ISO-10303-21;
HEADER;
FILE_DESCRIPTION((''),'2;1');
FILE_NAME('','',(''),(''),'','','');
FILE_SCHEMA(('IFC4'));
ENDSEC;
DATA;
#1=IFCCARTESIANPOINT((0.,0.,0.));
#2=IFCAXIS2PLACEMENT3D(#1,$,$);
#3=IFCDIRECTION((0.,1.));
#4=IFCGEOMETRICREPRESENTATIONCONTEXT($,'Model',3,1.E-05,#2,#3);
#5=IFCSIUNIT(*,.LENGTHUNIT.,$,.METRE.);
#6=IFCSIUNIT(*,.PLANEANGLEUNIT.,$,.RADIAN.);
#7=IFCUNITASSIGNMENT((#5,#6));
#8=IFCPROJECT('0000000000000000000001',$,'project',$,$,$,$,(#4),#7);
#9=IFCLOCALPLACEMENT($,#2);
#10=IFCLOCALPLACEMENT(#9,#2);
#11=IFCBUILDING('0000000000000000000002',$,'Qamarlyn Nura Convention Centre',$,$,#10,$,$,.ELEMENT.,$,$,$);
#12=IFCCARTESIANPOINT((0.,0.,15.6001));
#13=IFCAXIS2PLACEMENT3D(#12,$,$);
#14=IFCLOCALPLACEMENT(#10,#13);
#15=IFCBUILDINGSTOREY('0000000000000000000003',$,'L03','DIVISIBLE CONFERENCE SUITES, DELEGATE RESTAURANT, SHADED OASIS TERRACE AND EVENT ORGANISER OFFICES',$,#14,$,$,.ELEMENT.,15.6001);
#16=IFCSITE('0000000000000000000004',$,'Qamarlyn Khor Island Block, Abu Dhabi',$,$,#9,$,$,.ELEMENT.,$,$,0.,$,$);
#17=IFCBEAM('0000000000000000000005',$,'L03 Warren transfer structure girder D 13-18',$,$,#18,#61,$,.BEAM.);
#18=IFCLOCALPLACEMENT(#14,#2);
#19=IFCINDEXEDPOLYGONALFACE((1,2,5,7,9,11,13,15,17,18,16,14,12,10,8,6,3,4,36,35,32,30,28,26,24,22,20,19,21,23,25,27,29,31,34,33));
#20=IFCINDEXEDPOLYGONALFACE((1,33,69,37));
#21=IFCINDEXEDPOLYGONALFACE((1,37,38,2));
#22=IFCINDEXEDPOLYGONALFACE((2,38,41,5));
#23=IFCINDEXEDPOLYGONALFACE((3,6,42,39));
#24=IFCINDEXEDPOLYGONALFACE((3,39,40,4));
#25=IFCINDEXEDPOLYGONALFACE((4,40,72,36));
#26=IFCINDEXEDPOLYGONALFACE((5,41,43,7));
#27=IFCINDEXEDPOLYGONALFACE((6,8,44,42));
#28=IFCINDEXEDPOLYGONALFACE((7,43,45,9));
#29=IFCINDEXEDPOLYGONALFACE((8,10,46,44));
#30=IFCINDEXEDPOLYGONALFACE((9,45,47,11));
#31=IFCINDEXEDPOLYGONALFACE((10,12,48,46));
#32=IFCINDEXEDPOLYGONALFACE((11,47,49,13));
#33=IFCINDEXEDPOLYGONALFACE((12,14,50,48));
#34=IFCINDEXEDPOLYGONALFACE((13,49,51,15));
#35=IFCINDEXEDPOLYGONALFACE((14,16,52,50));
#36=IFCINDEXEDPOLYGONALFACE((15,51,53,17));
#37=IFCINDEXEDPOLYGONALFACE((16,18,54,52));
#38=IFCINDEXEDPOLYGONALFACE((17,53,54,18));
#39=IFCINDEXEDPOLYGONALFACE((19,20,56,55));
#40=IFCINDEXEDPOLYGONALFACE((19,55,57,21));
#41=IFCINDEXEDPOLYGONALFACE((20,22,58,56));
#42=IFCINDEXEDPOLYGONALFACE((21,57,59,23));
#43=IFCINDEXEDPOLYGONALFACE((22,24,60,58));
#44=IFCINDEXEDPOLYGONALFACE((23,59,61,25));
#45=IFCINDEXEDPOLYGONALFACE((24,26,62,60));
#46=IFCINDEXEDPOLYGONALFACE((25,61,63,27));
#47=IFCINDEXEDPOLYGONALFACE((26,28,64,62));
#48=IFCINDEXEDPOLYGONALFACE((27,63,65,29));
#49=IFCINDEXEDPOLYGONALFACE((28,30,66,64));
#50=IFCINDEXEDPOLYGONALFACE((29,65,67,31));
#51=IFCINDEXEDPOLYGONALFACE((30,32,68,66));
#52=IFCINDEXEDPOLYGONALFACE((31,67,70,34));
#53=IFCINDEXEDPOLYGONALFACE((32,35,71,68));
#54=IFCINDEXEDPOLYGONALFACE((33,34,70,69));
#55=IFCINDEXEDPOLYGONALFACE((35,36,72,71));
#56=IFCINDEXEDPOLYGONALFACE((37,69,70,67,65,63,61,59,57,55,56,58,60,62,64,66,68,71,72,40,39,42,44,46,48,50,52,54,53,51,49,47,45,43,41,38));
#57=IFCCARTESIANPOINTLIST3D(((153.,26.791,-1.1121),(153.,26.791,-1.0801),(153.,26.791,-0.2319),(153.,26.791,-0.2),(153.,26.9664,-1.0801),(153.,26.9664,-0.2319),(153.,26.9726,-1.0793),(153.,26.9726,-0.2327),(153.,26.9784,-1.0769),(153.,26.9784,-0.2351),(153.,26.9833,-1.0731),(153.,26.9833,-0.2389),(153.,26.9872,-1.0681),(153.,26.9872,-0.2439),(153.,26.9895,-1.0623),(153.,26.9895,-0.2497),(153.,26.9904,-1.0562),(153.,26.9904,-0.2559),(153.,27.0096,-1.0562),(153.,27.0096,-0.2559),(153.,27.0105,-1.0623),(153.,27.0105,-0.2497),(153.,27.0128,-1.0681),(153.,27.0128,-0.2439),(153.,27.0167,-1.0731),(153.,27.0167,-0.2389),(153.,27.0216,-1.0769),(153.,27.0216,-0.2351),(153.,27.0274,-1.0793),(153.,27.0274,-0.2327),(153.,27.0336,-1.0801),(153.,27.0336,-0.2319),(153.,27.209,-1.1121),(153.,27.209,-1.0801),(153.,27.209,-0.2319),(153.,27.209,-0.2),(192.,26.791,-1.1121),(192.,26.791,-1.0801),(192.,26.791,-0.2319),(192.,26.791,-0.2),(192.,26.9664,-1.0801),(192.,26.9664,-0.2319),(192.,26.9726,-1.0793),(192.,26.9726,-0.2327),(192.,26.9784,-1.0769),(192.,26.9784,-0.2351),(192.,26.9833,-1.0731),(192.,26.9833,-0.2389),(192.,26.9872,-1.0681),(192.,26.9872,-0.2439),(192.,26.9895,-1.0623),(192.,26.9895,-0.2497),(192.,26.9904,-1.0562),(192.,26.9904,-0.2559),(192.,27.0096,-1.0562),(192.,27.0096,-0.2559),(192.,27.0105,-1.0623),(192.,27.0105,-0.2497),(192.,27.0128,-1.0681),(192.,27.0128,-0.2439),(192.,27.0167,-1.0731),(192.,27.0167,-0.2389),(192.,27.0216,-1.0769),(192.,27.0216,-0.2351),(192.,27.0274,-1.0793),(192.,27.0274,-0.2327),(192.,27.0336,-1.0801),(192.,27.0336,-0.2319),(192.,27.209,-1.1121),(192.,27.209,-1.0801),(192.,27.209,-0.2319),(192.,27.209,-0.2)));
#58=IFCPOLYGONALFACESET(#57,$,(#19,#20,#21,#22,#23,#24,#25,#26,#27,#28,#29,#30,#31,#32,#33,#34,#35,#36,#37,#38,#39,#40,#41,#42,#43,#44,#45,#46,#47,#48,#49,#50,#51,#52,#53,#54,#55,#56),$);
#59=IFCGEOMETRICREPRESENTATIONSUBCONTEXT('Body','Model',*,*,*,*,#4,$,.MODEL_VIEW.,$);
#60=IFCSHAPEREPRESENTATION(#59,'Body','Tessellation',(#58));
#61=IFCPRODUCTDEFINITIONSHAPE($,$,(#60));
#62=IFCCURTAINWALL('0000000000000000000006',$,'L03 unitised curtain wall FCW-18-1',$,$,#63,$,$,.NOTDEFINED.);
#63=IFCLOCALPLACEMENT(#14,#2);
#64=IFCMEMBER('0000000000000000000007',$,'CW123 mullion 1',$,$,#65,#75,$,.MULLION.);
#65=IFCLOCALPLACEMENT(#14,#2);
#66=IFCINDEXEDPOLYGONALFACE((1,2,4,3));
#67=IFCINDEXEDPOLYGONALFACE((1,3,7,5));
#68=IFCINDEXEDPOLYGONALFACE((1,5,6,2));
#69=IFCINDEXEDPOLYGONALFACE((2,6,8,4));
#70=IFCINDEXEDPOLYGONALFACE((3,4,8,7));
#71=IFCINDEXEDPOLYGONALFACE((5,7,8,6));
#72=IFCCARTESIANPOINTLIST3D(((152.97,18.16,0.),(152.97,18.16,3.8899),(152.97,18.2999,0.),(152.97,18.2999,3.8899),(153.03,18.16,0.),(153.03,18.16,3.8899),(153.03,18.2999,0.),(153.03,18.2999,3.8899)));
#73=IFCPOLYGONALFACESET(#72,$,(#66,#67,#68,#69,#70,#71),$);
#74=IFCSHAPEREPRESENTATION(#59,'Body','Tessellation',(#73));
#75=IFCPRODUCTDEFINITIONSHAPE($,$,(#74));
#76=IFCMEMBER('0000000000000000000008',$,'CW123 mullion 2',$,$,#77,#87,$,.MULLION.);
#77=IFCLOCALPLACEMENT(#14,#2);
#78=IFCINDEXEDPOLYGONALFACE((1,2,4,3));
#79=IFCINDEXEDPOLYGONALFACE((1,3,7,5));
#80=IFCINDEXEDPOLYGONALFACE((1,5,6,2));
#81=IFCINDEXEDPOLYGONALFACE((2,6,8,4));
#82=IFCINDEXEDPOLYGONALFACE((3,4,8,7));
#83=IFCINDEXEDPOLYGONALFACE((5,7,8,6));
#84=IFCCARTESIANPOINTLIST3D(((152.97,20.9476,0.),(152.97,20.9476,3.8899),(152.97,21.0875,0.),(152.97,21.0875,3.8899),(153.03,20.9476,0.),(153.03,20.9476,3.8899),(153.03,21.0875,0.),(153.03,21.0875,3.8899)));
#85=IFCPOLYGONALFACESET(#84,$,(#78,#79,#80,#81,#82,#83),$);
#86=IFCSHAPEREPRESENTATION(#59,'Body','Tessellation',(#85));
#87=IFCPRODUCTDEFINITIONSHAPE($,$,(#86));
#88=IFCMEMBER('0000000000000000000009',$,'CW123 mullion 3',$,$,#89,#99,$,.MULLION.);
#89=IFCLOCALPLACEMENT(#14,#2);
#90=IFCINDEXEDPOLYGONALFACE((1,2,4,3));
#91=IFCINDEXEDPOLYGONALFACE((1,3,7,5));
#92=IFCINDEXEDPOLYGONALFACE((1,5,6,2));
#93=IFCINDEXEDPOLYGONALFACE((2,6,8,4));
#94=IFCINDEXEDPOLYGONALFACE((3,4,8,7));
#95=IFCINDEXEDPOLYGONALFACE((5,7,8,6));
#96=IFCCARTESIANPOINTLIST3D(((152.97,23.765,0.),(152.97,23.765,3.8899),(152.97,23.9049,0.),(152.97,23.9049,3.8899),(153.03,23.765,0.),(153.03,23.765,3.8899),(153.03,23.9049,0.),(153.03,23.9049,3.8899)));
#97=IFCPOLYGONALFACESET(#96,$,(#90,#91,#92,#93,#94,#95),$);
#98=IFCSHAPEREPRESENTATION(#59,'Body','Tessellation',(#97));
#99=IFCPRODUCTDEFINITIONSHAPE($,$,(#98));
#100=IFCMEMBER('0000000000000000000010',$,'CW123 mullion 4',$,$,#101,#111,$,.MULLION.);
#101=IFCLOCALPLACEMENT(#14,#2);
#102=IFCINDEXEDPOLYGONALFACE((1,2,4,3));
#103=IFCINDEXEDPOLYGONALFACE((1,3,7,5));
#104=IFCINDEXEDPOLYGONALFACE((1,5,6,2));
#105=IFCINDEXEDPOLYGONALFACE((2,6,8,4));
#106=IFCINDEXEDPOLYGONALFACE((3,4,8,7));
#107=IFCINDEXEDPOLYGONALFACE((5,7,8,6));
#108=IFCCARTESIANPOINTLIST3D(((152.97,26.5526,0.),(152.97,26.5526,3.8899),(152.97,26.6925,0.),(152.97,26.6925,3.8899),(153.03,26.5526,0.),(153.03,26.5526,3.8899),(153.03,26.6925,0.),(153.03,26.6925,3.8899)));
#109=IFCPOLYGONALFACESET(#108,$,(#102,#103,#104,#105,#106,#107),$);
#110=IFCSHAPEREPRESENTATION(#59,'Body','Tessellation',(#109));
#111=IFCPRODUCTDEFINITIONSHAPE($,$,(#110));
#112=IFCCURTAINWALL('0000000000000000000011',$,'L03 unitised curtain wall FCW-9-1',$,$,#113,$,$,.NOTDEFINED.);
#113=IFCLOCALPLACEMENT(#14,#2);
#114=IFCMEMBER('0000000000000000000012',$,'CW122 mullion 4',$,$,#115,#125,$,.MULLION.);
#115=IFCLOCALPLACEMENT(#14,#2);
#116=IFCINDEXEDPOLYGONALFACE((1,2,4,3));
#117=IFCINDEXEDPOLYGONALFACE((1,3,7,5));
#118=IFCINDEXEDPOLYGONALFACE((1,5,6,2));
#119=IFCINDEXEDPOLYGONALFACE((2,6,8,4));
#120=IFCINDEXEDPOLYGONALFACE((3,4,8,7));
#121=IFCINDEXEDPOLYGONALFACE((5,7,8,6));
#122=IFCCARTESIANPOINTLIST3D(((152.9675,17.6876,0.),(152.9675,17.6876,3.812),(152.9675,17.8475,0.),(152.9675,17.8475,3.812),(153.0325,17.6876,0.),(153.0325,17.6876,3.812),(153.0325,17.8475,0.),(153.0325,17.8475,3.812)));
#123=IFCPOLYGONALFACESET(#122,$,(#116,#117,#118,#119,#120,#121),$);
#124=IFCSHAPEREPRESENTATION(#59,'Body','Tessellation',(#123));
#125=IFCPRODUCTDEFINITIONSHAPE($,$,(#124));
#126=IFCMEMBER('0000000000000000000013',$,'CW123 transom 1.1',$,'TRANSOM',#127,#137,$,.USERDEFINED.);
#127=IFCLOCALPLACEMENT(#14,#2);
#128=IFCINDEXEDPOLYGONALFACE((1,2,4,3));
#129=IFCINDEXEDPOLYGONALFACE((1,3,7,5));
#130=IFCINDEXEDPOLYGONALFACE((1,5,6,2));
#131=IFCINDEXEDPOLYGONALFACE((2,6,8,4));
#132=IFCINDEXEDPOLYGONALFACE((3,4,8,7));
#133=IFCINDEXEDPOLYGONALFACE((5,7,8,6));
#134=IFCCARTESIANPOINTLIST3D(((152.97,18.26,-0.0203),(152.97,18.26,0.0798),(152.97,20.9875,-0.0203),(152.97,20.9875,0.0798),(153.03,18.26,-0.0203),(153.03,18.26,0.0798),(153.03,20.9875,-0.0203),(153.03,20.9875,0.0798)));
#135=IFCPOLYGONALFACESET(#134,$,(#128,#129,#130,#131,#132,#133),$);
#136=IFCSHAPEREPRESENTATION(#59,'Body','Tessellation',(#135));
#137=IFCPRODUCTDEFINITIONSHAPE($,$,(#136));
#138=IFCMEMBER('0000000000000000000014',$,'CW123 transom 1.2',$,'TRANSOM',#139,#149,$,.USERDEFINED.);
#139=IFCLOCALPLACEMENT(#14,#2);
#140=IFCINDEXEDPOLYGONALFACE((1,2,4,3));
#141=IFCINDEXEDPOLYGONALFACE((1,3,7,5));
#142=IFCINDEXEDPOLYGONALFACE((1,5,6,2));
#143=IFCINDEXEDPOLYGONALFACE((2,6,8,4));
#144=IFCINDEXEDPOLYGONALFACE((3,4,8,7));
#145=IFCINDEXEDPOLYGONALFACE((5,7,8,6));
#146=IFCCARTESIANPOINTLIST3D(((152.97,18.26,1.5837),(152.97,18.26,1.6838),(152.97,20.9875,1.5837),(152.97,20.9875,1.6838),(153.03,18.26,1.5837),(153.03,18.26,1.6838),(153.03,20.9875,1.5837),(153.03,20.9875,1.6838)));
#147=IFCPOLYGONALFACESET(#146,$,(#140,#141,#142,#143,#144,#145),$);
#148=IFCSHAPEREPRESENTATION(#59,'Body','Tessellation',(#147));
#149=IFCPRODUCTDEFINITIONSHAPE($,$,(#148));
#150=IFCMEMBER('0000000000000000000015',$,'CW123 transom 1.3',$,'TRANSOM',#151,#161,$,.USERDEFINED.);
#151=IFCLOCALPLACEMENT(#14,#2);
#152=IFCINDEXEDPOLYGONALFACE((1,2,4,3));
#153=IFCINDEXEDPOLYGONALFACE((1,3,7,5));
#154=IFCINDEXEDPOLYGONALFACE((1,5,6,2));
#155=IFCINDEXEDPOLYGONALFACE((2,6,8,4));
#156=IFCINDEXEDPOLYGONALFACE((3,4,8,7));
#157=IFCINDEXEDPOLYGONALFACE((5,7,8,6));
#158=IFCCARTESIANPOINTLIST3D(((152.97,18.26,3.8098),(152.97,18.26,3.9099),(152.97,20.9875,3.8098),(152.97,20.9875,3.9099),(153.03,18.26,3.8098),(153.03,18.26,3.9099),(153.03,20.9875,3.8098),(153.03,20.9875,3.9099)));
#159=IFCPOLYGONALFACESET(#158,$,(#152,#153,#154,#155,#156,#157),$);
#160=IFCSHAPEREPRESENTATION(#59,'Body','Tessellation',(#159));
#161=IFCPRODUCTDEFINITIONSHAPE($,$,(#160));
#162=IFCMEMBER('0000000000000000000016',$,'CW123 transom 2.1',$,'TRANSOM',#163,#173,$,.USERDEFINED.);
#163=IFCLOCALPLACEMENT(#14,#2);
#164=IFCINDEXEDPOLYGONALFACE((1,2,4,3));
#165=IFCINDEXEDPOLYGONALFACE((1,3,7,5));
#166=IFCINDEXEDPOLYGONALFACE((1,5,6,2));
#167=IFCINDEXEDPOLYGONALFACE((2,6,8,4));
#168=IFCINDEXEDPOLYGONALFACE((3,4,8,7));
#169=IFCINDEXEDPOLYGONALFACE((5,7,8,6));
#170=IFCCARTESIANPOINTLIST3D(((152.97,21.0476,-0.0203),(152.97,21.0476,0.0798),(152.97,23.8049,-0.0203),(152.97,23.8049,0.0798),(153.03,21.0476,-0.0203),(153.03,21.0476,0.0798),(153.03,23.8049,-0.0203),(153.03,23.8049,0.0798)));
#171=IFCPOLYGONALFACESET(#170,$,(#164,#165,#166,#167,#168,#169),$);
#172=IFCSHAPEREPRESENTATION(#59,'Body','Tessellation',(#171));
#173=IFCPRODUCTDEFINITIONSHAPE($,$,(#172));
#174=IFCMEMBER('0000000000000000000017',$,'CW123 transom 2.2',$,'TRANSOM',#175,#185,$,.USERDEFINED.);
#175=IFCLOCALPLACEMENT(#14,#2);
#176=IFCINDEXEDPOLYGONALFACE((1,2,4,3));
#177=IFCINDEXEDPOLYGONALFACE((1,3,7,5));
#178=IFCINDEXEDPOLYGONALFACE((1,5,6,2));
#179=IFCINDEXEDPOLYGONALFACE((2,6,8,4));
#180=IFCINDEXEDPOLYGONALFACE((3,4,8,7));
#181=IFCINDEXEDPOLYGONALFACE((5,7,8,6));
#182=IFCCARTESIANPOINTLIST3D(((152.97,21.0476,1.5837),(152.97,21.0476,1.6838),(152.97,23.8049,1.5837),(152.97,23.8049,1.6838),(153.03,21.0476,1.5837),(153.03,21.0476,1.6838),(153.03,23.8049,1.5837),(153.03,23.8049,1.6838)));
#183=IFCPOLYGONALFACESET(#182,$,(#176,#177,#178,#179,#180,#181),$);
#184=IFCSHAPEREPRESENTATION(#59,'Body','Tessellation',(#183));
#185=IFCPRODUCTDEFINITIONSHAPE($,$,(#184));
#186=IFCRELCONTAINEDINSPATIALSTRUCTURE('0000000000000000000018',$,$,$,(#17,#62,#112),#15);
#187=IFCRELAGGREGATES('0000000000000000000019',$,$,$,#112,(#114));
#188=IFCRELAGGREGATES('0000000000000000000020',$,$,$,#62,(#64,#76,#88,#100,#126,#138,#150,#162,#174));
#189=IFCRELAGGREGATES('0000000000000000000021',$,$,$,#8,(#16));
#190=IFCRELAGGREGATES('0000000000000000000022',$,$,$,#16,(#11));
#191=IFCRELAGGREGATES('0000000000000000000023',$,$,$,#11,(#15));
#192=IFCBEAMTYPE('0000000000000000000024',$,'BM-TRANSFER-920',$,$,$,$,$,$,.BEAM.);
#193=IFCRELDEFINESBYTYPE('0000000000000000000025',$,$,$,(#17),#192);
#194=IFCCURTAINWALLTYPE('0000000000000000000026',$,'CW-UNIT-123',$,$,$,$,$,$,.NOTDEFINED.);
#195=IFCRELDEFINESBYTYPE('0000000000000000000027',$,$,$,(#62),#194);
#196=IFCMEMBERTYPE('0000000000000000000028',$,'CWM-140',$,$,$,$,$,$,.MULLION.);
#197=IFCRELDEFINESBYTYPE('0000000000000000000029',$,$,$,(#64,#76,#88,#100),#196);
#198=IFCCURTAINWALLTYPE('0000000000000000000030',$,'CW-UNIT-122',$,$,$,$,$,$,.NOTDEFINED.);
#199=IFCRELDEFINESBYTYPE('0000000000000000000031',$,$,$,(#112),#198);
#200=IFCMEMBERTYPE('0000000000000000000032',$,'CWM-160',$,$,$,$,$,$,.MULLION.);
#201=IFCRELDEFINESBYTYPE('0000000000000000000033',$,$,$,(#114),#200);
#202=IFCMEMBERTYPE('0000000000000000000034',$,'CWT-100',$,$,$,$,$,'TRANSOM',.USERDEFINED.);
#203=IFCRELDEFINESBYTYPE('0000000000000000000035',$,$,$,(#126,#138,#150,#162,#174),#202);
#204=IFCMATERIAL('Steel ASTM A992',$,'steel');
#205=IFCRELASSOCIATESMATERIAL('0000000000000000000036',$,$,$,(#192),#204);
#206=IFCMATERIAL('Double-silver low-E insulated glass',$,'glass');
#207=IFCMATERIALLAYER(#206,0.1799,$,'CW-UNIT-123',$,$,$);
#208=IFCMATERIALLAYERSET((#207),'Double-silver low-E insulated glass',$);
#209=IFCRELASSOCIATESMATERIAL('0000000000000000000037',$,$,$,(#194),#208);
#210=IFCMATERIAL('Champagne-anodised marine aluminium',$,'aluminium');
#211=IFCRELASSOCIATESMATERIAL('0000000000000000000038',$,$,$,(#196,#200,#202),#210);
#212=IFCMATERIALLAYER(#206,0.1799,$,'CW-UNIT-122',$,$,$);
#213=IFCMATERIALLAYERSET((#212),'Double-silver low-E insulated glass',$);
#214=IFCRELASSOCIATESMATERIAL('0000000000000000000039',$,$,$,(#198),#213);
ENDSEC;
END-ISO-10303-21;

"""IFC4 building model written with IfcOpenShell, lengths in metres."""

from ifc_helpers import new_model, si_unit, direction, frame, origin, origin_2d, place, context, subcontext, project, spatial, rectangle, i_section, extrude, material, layer, layer_set, material_profile, profile_set, type_object, element, aggregate, save


model = new_model("IFC4")

# Units and contexts
model_context = context("Model", 3, precision=1e-05, world=origin(), true_north=direction((0.0, 1.0)))
body_context = subcontext(model_context, "Body", "Model", "MODEL_VIEW")
ifc_project = project(units=[si_unit("LENGTHUNIT", "METRE"), si_unit("PLANEANGLEUNIT", "RADIAN")], contexts=[model_context])

# Site, building, storey
site_placement = place(None, origin())
site = spatial("IfcSite", under=ifc_project, at=site_placement, Name="Qamarlyn Khor Island Block, Abu Dhabi", CompositionType="ELEMENT", RefElevation=0.0)
building_placement = place(site_placement, origin())
building = spatial("IfcBuilding", under=site, at=building_placement, Name="Qamarlyn Nura Convention Centre", CompositionType="ELEMENT")
storey_placement = place(building_placement, frame((0.0, 0.0, 15.6001)))
storey = spatial("IfcBuildingStorey", under=building, at=storey_placement, Name="L03", Description="DIVISIBLE CONFERENCE SUITES, DELEGATE RESTAURANT, SHADED OASIS TERRACE AND EVENT ORGANISER OFFICES", CompositionType="ELEMENT", Elevation=15.6001)

# Beam
ifc_material_1 = material(Name="Steel ASTM A992", Category="steel")
ifc_material_profile_1 = material_profile(ifc_material_1, i_section(OverallWidth=0.418, OverallDepth=0.9121, WebThickness=0.0193, FlangeThickness=0.032, FilletRadius=0.0239, at=origin_2d()), Name="W920X342")
ifc_profile_set_1 = profile_set([ifc_material_profile_1], Name="Steel ASTM A992")
beam_type_1 = type_object("IfcBeamType", Name="BM-TRANSFER-920", PredefinedType="BEAM", material=ifc_profile_set_1)
beam_1_placement = place(storey_placement, frame((153.0, 27.0, -0.656), z_axis=(1.0, 0.0, 0.0), x_axis=(0.0, 1.0, 0.0)))
element("IfcBeam", 1, at=beam_1_placement, inside=storey, type_object=beam_type_1, Name="L03 Warren transfer structure girder D 13-18", PredefinedType="BEAM", context=body_context, shape_type="SweptSolid", body=[
    extrude(i_section(OverallWidth=0.418, OverallDepth=0.9121, WebThickness=0.0193, FlangeThickness=0.032, FilletRadius=0.0239, at=origin_2d()), origin(), (0.0, 0.0, 1.0), 39.0),
])

# Curtain wall, members
ifc_material_2 = material(Name="Double-silver low-E insulated glass", Category="glass")
ifc_layer_1 = layer(ifc_material_2, 0.1799, Name="CW-UNIT-123")
ifc_layer_set_1 = layer_set([ifc_layer_1], Name="Double-silver low-E insulated glass")
curtain_wall_type_1 = type_object("IfcCurtainWallType", Name="CW-UNIT-123", PredefinedType="NOTDEFINED", material=ifc_layer_set_1)
curtain_wall_1_placement = place(storey_placement, origin())
curtain_wall_1 = element("IfcCurtainWall", 2, at=curtain_wall_1_placement, inside=storey, type_object=curtain_wall_type_1, Name="L03 unitised curtain wall FCW-18-1", PredefinedType="NOTDEFINED")
ifc_material_3 = material(Name="Champagne-anodised marine aluminium", Category="aluminium")
ifc_material_profile_2 = material_profile(ifc_material_3, rectangle(XDim=0.0601, YDim=0.1399, at=origin_2d()), Name="ALU MULLION 60x140")
ifc_profile_set_2 = profile_set([ifc_material_profile_2], Name="Champagne-anodised marine aluminium")
member_type_1 = type_object("IfcMemberType", Name="CWM-140", PredefinedType="MULLION", material=ifc_profile_set_2)
member_1_placement = place(storey_placement, frame((153.0, 18.23, 0.0), z_axis=(0.0, 0.0, 1.0), x_axis=(-1.0, 0.0, 0.0)))
member_1 = element("IfcMember", 3, at=member_1_placement, type_object=member_type_1, Name="CW123 mullion 1", PredefinedType="MULLION", context=body_context, shape_type="SweptSolid", body=[
    extrude(rectangle(XDim=0.0601, YDim=0.1399, at=origin_2d()), origin(), (0.0, 0.0, 1.0), 3.8899),
])
member_2_placement = place(storey_placement, frame((153.0, 21.0176, 0.0), z_axis=(0.0, 0.0, 1.0), x_axis=(-1.0, 0.0, 0.0)))
member_2 = element("IfcMember", 4, at=member_2_placement, type_object=member_type_1, Name="CW123 mullion 2", PredefinedType="MULLION", context=body_context, shape_type="SweptSolid", body=[
    extrude(rectangle(XDim=0.0601, YDim=0.1399, at=origin_2d()), origin(), (0.0, 0.0, 1.0), 3.8899),
])
member_3_placement = place(storey_placement, frame((153.0, 23.835, 0.0), z_axis=(0.0, 0.0, 1.0), x_axis=(-1.0, 0.0, 0.0)))
member_3 = element("IfcMember", 5, at=member_3_placement, type_object=member_type_1, Name="CW123 mullion 3", PredefinedType="MULLION", context=body_context, shape_type="SweptSolid", body=[
    extrude(rectangle(XDim=0.0601, YDim=0.1399, at=origin_2d()), origin(), (0.0, 0.0, 1.0), 3.8899),
])
member_4_placement = place(storey_placement, frame((153.0, 26.6226, 0.0), z_axis=(0.0, 0.0, 1.0), x_axis=(-1.0, 0.0, 0.0)))
member_4 = element("IfcMember", 6, at=member_4_placement, type_object=member_type_1, Name="CW123 mullion 4", PredefinedType="MULLION", context=body_context, shape_type="SweptSolid", body=[
    extrude(rectangle(XDim=0.0601, YDim=0.1399, at=origin_2d()), origin(), (0.0, 0.0, 1.0), 3.8899),
])

# Curtain wall, member
ifc_layer_2 = layer(ifc_material_2, 0.1799, Name="CW-UNIT-122")
ifc_layer_set_2 = layer_set([ifc_layer_2], Name="Double-silver low-E insulated glass")
curtain_wall_type_2 = type_object("IfcCurtainWallType", Name="CW-UNIT-122", PredefinedType="NOTDEFINED", material=ifc_layer_set_2)
curtain_wall_2_placement = place(storey_placement, origin())
curtain_wall_2 = element("IfcCurtainWall", 7, at=curtain_wall_2_placement, inside=storey, type_object=curtain_wall_type_2, Name="L03 unitised curtain wall FCW-9-1", PredefinedType="NOTDEFINED")
ifc_material_profile_3 = material_profile(ifc_material_3, rectangle(XDim=0.0649, YDim=0.1599, at=origin_2d()), Name="ALU MULLION 65x160")
ifc_profile_set_3 = profile_set([ifc_material_profile_3], Name="Champagne-anodised marine aluminium")
member_type_2 = type_object("IfcMemberType", Name="CWM-160", PredefinedType="MULLION", material=ifc_profile_set_3)
member_5_placement = place(storey_placement, frame((153.0, 17.7676, 0.0), z_axis=(0.0, 0.0, 1.0), x_axis=(-1.0, 0.0, 0.0)))
member_5 = element("IfcMember", 8, at=member_5_placement, type_object=member_type_2, Name="CW122 mullion 4", PredefinedType="MULLION", context=body_context, shape_type="SweptSolid", body=[
    extrude(rectangle(XDim=0.0649, YDim=0.1599, at=origin_2d()), origin(), (0.0, 0.0, 1.0), 3.812),
])
aggregate(curtain_wall_2, [member_5])

# Members
ifc_material_profile_4 = material_profile(ifc_material_3, rectangle(XDim=0.0601, YDim=0.1001, at=origin_2d()), Name="ALU TRANSOM 60x100")
ifc_profile_set_4 = profile_set([ifc_material_profile_4], Name="Champagne-anodised marine aluminium")
member_type_3 = type_object("IfcMemberType", Name="CWT-100", ElementType="TRANSOM", PredefinedType="USERDEFINED", material=ifc_profile_set_4)
member_6_placement = place(storey_placement, frame((153.0, 18.26, 0.0298), z_axis=(0.0, 1.0, 0.0), x_axis=(-1.0, 0.0, 0.0)))
member_6 = element("IfcMember", 9, at=member_6_placement, type_object=member_type_3, Name="CW123 transom 1.1", ObjectType="TRANSOM", PredefinedType="USERDEFINED", context=body_context, shape_type="SweptSolid", body=[
    extrude(rectangle(XDim=0.0601, YDim=0.1001, at=origin_2d()), origin(), (0.0, 0.0, 1.0), 2.7275),
])
member_7_placement = place(storey_placement, frame((153.0, 18.26, 1.6338), z_axis=(0.0, 1.0, 0.0), x_axis=(-1.0, 0.0, 0.0)))
member_7 = element("IfcMember", 10, at=member_7_placement, type_object=member_type_3, Name="CW123 transom 1.2", ObjectType="TRANSOM", PredefinedType="USERDEFINED", context=body_context, shape_type="SweptSolid", body=[
    extrude(rectangle(XDim=0.0601, YDim=0.1001, at=origin_2d()), origin(), (0.0, 0.0, 1.0), 2.7275),
])
member_8_placement = place(storey_placement, frame((153.0, 18.26, 3.8599), z_axis=(0.0, 1.0, 0.0), x_axis=(-1.0, 0.0, 0.0)))
member_8 = element("IfcMember", 11, at=member_8_placement, type_object=member_type_3, Name="CW123 transom 1.3", ObjectType="TRANSOM", PredefinedType="USERDEFINED", context=body_context, shape_type="SweptSolid", body=[
    extrude(rectangle(XDim=0.0601, YDim=0.1001, at=origin_2d()), origin(), (0.0, 0.0, 1.0), 2.7275),
])
member_9_placement = place(storey_placement, frame((153.0, 21.0476, 0.0298), z_axis=(0.0, 1.0, 0.0), x_axis=(-1.0, 0.0, 0.0)))
member_9 = element("IfcMember", 12, at=member_9_placement, type_object=member_type_3, Name="CW123 transom 2.1", ObjectType="TRANSOM", PredefinedType="USERDEFINED", context=body_context, shape_type="SweptSolid", body=[
    extrude(rectangle(XDim=0.0601, YDim=0.1001, at=origin_2d()), origin(), (0.0, 0.0, 1.0), 2.7573),
])
member_10_placement = place(storey_placement, frame((153.0, 21.0476, 1.6338), z_axis=(0.0, 1.0, 0.0), x_axis=(-1.0, 0.0, 0.0)))
member_10 = element("IfcMember", 13, at=member_10_placement, type_object=member_type_3, Name="CW123 transom 2.2", ObjectType="TRANSOM", PredefinedType="USERDEFINED", context=body_context, shape_type="SweptSolid", body=[
    extrude(rectangle(XDim=0.0601, YDim=0.1001, at=origin_2d()), origin(), (0.0, 0.0, 1.0), 2.7573),
])

aggregate(curtain_wall_1, [member_1, member_2, member_3, member_4, member_6, member_7, member_8, member_9, member_10])

save(model, "model.ifc")
